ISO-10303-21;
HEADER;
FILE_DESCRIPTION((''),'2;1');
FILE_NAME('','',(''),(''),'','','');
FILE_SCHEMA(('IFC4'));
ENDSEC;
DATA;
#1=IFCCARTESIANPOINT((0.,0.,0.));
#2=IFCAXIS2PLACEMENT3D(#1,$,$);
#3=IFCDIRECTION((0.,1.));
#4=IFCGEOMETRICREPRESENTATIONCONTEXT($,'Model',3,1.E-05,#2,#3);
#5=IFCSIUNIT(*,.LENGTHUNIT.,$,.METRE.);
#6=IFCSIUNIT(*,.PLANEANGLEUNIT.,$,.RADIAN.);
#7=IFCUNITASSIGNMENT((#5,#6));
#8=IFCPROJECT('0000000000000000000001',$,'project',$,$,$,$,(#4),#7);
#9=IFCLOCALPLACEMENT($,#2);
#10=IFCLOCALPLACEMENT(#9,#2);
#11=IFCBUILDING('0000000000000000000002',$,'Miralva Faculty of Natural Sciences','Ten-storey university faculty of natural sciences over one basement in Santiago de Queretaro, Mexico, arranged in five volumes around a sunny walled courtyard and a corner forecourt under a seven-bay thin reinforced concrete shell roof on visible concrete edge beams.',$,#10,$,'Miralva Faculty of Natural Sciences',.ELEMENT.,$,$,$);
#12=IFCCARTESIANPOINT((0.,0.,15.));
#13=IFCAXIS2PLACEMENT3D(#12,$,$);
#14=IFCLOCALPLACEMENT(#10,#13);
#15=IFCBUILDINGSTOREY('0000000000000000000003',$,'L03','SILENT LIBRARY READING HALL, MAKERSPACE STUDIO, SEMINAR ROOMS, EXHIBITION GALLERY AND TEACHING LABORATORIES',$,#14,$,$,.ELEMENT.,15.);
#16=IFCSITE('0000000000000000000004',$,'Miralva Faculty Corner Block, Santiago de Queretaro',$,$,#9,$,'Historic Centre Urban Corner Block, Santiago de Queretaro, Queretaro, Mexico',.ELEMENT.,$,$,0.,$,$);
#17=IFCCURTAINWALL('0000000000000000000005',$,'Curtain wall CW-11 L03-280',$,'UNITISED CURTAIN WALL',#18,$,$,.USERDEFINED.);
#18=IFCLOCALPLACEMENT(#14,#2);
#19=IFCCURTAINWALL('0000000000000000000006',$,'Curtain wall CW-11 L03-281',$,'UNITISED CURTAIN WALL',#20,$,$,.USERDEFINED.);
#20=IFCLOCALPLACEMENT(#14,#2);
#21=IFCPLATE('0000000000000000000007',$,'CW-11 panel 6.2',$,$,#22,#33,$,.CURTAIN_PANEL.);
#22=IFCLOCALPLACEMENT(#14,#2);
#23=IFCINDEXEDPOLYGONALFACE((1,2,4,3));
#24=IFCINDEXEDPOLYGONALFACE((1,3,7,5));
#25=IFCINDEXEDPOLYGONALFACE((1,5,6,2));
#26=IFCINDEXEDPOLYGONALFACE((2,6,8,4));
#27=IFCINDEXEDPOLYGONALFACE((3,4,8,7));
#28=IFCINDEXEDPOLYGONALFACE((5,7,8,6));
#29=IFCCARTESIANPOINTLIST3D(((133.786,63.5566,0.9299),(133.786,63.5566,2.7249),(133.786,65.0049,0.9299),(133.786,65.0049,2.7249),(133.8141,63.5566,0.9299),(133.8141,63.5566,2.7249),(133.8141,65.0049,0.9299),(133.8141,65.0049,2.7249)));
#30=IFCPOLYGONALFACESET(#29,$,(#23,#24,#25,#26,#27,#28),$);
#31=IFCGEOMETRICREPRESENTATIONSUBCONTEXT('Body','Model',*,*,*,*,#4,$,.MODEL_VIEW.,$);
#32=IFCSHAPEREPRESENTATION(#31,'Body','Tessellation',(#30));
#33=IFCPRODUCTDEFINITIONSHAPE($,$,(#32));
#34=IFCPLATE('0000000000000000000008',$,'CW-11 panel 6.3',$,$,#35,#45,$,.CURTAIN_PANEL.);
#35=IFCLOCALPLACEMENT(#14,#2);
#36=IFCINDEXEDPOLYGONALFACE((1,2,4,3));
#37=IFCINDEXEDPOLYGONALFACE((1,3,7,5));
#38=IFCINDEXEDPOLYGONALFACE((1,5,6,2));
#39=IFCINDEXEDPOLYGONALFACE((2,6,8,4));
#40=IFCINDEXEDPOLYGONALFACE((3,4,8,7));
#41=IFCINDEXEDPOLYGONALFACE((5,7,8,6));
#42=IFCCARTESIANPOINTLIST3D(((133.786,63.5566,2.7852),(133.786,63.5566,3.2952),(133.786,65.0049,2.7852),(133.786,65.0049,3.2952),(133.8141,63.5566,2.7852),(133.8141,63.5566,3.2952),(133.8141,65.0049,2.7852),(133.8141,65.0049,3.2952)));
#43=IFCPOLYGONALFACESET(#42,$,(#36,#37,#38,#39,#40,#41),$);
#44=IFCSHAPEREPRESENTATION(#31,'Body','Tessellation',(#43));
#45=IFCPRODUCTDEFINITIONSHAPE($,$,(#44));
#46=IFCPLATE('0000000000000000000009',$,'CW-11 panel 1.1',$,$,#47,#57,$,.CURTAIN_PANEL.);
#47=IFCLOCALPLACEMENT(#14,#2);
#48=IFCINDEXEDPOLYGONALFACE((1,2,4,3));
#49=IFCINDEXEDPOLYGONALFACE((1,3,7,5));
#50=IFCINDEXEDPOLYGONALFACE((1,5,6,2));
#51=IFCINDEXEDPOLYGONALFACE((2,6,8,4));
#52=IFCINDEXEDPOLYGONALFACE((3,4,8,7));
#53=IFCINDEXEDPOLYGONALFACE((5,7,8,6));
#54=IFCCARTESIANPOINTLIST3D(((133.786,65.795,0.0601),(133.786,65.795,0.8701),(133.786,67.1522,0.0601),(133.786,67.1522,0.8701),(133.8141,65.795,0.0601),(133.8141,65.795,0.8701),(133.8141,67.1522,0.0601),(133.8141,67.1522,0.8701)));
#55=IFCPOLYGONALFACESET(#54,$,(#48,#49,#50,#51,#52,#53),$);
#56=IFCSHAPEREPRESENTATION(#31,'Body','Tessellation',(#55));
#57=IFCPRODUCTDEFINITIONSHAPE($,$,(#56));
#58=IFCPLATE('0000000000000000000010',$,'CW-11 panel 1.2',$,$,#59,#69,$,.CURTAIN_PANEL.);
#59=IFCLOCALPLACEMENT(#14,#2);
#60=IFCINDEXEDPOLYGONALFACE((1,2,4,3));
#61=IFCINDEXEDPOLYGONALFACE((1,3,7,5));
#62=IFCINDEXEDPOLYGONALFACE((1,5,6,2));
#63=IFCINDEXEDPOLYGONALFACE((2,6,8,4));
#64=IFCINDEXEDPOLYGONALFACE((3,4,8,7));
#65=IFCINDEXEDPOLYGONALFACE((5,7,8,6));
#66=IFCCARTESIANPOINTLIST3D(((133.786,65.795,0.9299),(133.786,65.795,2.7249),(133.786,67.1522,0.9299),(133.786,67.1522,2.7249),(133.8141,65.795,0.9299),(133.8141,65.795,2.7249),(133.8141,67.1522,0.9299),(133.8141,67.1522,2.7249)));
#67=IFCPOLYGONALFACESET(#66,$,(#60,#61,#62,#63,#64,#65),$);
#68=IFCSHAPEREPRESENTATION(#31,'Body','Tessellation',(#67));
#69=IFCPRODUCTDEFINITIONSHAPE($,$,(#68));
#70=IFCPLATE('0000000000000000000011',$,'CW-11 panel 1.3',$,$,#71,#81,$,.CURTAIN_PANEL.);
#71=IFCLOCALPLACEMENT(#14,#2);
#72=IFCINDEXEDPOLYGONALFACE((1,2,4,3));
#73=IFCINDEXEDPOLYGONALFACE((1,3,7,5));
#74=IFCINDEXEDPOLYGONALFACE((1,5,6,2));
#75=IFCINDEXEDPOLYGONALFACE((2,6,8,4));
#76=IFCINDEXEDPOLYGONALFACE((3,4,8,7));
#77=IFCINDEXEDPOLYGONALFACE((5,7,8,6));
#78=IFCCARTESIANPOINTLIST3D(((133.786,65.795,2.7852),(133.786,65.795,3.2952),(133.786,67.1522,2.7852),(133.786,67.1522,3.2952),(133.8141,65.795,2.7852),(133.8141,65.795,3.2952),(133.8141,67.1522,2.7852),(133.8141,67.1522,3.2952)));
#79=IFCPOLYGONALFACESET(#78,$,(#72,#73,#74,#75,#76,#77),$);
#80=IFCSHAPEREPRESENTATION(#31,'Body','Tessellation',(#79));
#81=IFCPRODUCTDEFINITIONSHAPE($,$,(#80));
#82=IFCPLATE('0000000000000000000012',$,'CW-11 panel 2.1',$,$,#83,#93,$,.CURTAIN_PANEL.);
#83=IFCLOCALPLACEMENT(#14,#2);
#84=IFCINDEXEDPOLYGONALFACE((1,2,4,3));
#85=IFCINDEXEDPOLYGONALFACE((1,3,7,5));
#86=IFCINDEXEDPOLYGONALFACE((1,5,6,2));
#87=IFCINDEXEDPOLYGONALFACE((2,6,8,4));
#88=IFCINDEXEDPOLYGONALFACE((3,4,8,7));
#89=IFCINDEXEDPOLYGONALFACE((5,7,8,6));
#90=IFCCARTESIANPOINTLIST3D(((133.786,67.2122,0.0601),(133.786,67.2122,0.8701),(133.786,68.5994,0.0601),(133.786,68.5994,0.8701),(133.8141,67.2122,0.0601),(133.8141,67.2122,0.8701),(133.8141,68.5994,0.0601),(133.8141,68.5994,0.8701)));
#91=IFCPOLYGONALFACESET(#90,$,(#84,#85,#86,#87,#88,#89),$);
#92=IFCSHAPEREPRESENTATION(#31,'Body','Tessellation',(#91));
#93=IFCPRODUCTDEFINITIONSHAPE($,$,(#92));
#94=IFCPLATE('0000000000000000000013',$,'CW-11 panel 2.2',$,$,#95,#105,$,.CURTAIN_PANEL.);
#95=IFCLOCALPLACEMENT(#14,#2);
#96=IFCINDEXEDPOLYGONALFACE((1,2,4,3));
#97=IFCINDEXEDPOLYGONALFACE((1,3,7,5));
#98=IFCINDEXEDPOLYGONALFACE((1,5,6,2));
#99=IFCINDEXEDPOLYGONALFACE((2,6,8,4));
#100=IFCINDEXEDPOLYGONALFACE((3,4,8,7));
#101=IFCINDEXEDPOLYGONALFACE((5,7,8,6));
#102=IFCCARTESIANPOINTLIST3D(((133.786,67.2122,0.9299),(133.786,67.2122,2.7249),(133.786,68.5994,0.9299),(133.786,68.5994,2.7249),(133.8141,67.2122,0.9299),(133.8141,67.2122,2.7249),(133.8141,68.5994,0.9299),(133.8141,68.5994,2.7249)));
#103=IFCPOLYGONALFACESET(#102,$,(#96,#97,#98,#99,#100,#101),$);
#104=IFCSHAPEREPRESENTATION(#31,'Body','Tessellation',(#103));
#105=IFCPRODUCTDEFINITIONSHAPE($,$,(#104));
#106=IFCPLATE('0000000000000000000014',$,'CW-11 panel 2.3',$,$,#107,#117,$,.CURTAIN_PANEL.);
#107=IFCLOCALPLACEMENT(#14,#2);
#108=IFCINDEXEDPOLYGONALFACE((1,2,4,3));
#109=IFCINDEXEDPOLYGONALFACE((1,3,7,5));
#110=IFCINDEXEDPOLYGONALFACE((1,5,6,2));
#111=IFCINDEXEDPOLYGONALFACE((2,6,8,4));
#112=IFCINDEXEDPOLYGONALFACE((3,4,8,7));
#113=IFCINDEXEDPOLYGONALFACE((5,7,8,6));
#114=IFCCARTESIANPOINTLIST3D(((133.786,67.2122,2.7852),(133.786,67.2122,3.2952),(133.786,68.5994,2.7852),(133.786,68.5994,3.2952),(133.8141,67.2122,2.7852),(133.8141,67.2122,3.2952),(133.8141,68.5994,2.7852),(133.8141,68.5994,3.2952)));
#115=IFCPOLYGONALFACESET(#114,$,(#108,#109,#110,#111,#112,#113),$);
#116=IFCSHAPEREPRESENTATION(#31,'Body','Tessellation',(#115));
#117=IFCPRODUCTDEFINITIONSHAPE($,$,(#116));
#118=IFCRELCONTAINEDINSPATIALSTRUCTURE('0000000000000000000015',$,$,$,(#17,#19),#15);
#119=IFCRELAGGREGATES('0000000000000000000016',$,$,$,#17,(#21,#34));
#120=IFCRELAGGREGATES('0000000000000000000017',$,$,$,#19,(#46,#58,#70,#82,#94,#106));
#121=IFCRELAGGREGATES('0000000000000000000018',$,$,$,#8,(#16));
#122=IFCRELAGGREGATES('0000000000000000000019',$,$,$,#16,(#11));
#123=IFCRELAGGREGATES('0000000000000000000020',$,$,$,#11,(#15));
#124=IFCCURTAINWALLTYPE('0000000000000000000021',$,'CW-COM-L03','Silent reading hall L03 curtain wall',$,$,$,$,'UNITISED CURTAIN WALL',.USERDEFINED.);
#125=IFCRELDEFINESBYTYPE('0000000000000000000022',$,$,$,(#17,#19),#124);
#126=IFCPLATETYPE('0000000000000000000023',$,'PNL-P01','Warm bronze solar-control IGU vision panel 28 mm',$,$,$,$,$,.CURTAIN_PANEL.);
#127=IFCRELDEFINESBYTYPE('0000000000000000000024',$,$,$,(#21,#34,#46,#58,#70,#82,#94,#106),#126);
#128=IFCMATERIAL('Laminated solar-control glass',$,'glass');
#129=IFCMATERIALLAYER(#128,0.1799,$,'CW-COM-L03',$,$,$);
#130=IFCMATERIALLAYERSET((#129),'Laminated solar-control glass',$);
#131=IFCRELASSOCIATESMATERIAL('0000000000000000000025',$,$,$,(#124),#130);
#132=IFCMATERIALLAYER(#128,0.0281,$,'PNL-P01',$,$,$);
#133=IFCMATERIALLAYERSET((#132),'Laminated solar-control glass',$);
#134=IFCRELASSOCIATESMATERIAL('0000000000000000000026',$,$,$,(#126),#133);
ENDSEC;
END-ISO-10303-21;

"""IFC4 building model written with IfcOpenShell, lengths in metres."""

from ifc_helpers import new_model, si_unit, direction, frame, origin, origin_2d, place, context, subcontext, project, spatial, rectangle, extrude, material, layer, layer_set, type_object, element, aggregate, save


model = new_model("IFC4")

# Units and contexts
model_context = context("Model", 3, precision=1e-05, world=origin(), true_north=direction((0.0, 1.0)))
body_context = subcontext(model_context, "Body", "Model", "MODEL_VIEW")
ifc_project = project(units=[si_unit("LENGTHUNIT", "METRE"), si_unit("PLANEANGLEUNIT", "RADIAN")], contexts=[model_context])

# Site, building, storey
site_placement = place(None, origin())
site = spatial("IfcSite", under=ifc_project, at=site_placement, Name="Miralva Faculty Corner Block, Santiago de Queretaro", LongName="Historic Centre Urban Corner Block, Santiago de Queretaro, Queretaro, Mexico", CompositionType="ELEMENT", RefElevation=0.0)
building_placement = place(site_placement, origin())
building = spatial("IfcBuilding", under=site, at=building_placement, Name="Miralva Faculty of Natural Sciences", Description="Ten-storey university faculty of natural sciences over one basement in Santiago de Queretaro, Mexico, arranged in five volumes around a sunny walled courtyard and a corner forecourt under a seven-bay thin reinforced concrete shell roof on visible concrete edge beams.", LongName="Miralva Faculty of Natural Sciences", CompositionType="ELEMENT")
storey_placement = place(building_placement, frame((0.0, 0.0, 15.0)))
storey = spatial("IfcBuildingStorey", under=building, at=storey_placement, Name="L03", Description="SILENT LIBRARY READING HALL, MAKERSPACE STUDIO, SEMINAR ROOMS, EXHIBITION GALLERY AND TEACHING LABORATORIES", CompositionType="ELEMENT", Elevation=15.0)

# Curtain walls
ifc_material_1 = material(Name="Laminated solar-control glass", Category="glass")
ifc_layer_1 = layer(ifc_material_1, 0.1799, Name="CW-COM-L03")
ifc_layer_set_1 = layer_set([ifc_layer_1], Name="Laminated solar-control glass")
curtain_wall_type = type_object("IfcCurtainWallType", Name="CW-COM-L03", Description="Silent reading hall L03 curtain wall", ElementType="UNITISED CURTAIN WALL", PredefinedType="USERDEFINED", material=ifc_layer_set_1)
curtain_wall_1_placement = place(storey_placement, origin())
curtain_wall_1 = element("IfcCurtainWall", 1, at=curtain_wall_1_placement, inside=storey, type_object=curtain_wall_type, Name="Curtain wall CW-11 L03-280", ObjectType="UNITISED CURTAIN WALL", PredefinedType="USERDEFINED")
curtain_wall_2_placement = place(storey_placement, origin())
curtain_wall_2 = element("IfcCurtainWall", 2, at=curtain_wall_2_placement, inside=storey, type_object=curtain_wall_type, Name="Curtain wall CW-11 L03-281", ObjectType="UNITISED CURTAIN WALL", PredefinedType="USERDEFINED")

# Plates
ifc_layer_2 = layer(ifc_material_1, 0.0281, Name="PNL-P01")
ifc_layer_set_2 = layer_set([ifc_layer_2], Name="Laminated solar-control glass")
plate_type = type_object("IfcPlateType", Name="PNL-P01", Description="Warm bronze solar-control IGU vision panel 28 mm", PredefinedType="CURTAIN_PANEL", material=ifc_layer_set_2)
plate_1_placement = place(storey_placement, frame((133.8, 64.2808, 0.9299), z_axis=(0.0, 0.0, 1.0), x_axis=(0.0, 1.0, 0.0)))
plate_1 = element("IfcPlate", 3, at=plate_1_placement, type_object=plate_type, Name="CW-11 panel 6.2", PredefinedType="CURTAIN_PANEL", context=body_context, shape_type="SweptSolid", body=[
    extrude(rectangle(XDim=1.4482, YDim=0.0281, at=origin_2d()), origin(), (0.0, 0.0, 1.0), 1.7949),
])
plate_2_placement = place(storey_placement, frame((133.8, 64.2808, 2.7852), z_axis=(0.0, 0.0, 1.0), x_axis=(0.0, 1.0, 0.0)))
plate_2 = element("IfcPlate", 4, at=plate_2_placement, type_object=plate_type, Name="CW-11 panel 6.3", PredefinedType="CURTAIN_PANEL", context=body_context, shape_type="SweptSolid", body=[
    extrude(rectangle(XDim=1.4482, YDim=0.0281, at=origin_2d()), origin(), (0.0, 0.0, 1.0), 0.51),
])
aggregate(curtain_wall_1, [plate_1, plate_2])
plate_3_placement = place(storey_placement, frame((133.8, 66.4736, 0.0601), z_axis=(0.0, 0.0, 1.0), x_axis=(0.0, 1.0, 0.0)))
plate_3 = element("IfcPlate", 5, at=plate_3_placement, type_object=plate_type, Name="CW-11 panel 1.1", PredefinedType="CURTAIN_PANEL", context=body_context, shape_type="SweptSolid", body=[
    extrude(rectangle(XDim=1.3572, YDim=0.0281, at=origin_2d()), origin(), (0.0, 0.0, 1.0), 0.8101),
])
plate_4_placement = place(storey_placement, frame((133.8, 66.4736, 0.9299), z_axis=(0.0, 0.0, 1.0), x_axis=(0.0, 1.0, 0.0)))
plate_4 = element("IfcPlate", 6, at=plate_4_placement, type_object=plate_type, Name="CW-11 panel 1.2", PredefinedType="CURTAIN_PANEL", context=body_context, shape_type="SweptSolid", body=[
    extrude(rectangle(XDim=1.3572, YDim=0.0281, at=origin_2d()), origin(), (0.0, 0.0, 1.0), 1.7949),
])
plate_5_placement = place(storey_placement, frame((133.8, 66.4736, 2.7852), z_axis=(0.0, 0.0, 1.0), x_axis=(0.0, 1.0, 0.0)))
plate_5 = element("IfcPlate", 7, at=plate_5_placement, type_object=plate_type, Name="CW-11 panel 1.3", PredefinedType="CURTAIN_PANEL", context=body_context, shape_type="SweptSolid", body=[
    extrude(rectangle(XDim=1.3572, YDim=0.0281, at=origin_2d()), origin(), (0.0, 0.0, 1.0), 0.51),
])
plate_6_placement = place(storey_placement, frame((133.8, 67.9058, 0.0601), z_axis=(0.0, 0.0, 1.0), x_axis=(0.0, 1.0, 0.0)))
plate_6 = element("IfcPlate", 8, at=plate_6_placement, type_object=plate_type, Name="CW-11 panel 2.1", PredefinedType="CURTAIN_PANEL", context=body_context, shape_type="SweptSolid", body=[
    extrude(rectangle(XDim=1.3872, YDim=0.0281, at=origin_2d()), origin(), (0.0, 0.0, 1.0), 0.8101),
])
plate_7_placement = place(storey_placement, frame((133.8, 67.9058, 0.9299), z_axis=(0.0, 0.0, 1.0), x_axis=(0.0, 1.0, 0.0)))
plate_7 = element("IfcPlate", 9, at=plate_7_placement, type_object=plate_type, Name="CW-11 panel 2.2", PredefinedType="CURTAIN_PANEL", context=body_context, shape_type="SweptSolid", body=[
    extrude(rectangle(XDim=1.3872, YDim=0.0281, at=origin_2d()), origin(), (0.0, 0.0, 1.0), 1.7949),
])
plate_8_placement = place(storey_placement, frame((133.8, 67.9058, 2.7852), z_axis=(0.0, 0.0, 1.0), x_axis=(0.0, 1.0, 0.0)))
plate_8 = element("IfcPlate", 10, at=plate_8_placement, type_object=plate_type, Name="CW-11 panel 2.3", PredefinedType="CURTAIN_PANEL", context=body_context, shape_type="SweptSolid", body=[
    extrude(rectangle(XDim=1.3872, YDim=0.0281, at=origin_2d()), origin(), (0.0, 0.0, 1.0), 0.51),
])
aggregate(curtain_wall_2, [plate_3, plate_4, plate_5, plate_6, plate_7, plate_8])

save(model, "model.ifc")
